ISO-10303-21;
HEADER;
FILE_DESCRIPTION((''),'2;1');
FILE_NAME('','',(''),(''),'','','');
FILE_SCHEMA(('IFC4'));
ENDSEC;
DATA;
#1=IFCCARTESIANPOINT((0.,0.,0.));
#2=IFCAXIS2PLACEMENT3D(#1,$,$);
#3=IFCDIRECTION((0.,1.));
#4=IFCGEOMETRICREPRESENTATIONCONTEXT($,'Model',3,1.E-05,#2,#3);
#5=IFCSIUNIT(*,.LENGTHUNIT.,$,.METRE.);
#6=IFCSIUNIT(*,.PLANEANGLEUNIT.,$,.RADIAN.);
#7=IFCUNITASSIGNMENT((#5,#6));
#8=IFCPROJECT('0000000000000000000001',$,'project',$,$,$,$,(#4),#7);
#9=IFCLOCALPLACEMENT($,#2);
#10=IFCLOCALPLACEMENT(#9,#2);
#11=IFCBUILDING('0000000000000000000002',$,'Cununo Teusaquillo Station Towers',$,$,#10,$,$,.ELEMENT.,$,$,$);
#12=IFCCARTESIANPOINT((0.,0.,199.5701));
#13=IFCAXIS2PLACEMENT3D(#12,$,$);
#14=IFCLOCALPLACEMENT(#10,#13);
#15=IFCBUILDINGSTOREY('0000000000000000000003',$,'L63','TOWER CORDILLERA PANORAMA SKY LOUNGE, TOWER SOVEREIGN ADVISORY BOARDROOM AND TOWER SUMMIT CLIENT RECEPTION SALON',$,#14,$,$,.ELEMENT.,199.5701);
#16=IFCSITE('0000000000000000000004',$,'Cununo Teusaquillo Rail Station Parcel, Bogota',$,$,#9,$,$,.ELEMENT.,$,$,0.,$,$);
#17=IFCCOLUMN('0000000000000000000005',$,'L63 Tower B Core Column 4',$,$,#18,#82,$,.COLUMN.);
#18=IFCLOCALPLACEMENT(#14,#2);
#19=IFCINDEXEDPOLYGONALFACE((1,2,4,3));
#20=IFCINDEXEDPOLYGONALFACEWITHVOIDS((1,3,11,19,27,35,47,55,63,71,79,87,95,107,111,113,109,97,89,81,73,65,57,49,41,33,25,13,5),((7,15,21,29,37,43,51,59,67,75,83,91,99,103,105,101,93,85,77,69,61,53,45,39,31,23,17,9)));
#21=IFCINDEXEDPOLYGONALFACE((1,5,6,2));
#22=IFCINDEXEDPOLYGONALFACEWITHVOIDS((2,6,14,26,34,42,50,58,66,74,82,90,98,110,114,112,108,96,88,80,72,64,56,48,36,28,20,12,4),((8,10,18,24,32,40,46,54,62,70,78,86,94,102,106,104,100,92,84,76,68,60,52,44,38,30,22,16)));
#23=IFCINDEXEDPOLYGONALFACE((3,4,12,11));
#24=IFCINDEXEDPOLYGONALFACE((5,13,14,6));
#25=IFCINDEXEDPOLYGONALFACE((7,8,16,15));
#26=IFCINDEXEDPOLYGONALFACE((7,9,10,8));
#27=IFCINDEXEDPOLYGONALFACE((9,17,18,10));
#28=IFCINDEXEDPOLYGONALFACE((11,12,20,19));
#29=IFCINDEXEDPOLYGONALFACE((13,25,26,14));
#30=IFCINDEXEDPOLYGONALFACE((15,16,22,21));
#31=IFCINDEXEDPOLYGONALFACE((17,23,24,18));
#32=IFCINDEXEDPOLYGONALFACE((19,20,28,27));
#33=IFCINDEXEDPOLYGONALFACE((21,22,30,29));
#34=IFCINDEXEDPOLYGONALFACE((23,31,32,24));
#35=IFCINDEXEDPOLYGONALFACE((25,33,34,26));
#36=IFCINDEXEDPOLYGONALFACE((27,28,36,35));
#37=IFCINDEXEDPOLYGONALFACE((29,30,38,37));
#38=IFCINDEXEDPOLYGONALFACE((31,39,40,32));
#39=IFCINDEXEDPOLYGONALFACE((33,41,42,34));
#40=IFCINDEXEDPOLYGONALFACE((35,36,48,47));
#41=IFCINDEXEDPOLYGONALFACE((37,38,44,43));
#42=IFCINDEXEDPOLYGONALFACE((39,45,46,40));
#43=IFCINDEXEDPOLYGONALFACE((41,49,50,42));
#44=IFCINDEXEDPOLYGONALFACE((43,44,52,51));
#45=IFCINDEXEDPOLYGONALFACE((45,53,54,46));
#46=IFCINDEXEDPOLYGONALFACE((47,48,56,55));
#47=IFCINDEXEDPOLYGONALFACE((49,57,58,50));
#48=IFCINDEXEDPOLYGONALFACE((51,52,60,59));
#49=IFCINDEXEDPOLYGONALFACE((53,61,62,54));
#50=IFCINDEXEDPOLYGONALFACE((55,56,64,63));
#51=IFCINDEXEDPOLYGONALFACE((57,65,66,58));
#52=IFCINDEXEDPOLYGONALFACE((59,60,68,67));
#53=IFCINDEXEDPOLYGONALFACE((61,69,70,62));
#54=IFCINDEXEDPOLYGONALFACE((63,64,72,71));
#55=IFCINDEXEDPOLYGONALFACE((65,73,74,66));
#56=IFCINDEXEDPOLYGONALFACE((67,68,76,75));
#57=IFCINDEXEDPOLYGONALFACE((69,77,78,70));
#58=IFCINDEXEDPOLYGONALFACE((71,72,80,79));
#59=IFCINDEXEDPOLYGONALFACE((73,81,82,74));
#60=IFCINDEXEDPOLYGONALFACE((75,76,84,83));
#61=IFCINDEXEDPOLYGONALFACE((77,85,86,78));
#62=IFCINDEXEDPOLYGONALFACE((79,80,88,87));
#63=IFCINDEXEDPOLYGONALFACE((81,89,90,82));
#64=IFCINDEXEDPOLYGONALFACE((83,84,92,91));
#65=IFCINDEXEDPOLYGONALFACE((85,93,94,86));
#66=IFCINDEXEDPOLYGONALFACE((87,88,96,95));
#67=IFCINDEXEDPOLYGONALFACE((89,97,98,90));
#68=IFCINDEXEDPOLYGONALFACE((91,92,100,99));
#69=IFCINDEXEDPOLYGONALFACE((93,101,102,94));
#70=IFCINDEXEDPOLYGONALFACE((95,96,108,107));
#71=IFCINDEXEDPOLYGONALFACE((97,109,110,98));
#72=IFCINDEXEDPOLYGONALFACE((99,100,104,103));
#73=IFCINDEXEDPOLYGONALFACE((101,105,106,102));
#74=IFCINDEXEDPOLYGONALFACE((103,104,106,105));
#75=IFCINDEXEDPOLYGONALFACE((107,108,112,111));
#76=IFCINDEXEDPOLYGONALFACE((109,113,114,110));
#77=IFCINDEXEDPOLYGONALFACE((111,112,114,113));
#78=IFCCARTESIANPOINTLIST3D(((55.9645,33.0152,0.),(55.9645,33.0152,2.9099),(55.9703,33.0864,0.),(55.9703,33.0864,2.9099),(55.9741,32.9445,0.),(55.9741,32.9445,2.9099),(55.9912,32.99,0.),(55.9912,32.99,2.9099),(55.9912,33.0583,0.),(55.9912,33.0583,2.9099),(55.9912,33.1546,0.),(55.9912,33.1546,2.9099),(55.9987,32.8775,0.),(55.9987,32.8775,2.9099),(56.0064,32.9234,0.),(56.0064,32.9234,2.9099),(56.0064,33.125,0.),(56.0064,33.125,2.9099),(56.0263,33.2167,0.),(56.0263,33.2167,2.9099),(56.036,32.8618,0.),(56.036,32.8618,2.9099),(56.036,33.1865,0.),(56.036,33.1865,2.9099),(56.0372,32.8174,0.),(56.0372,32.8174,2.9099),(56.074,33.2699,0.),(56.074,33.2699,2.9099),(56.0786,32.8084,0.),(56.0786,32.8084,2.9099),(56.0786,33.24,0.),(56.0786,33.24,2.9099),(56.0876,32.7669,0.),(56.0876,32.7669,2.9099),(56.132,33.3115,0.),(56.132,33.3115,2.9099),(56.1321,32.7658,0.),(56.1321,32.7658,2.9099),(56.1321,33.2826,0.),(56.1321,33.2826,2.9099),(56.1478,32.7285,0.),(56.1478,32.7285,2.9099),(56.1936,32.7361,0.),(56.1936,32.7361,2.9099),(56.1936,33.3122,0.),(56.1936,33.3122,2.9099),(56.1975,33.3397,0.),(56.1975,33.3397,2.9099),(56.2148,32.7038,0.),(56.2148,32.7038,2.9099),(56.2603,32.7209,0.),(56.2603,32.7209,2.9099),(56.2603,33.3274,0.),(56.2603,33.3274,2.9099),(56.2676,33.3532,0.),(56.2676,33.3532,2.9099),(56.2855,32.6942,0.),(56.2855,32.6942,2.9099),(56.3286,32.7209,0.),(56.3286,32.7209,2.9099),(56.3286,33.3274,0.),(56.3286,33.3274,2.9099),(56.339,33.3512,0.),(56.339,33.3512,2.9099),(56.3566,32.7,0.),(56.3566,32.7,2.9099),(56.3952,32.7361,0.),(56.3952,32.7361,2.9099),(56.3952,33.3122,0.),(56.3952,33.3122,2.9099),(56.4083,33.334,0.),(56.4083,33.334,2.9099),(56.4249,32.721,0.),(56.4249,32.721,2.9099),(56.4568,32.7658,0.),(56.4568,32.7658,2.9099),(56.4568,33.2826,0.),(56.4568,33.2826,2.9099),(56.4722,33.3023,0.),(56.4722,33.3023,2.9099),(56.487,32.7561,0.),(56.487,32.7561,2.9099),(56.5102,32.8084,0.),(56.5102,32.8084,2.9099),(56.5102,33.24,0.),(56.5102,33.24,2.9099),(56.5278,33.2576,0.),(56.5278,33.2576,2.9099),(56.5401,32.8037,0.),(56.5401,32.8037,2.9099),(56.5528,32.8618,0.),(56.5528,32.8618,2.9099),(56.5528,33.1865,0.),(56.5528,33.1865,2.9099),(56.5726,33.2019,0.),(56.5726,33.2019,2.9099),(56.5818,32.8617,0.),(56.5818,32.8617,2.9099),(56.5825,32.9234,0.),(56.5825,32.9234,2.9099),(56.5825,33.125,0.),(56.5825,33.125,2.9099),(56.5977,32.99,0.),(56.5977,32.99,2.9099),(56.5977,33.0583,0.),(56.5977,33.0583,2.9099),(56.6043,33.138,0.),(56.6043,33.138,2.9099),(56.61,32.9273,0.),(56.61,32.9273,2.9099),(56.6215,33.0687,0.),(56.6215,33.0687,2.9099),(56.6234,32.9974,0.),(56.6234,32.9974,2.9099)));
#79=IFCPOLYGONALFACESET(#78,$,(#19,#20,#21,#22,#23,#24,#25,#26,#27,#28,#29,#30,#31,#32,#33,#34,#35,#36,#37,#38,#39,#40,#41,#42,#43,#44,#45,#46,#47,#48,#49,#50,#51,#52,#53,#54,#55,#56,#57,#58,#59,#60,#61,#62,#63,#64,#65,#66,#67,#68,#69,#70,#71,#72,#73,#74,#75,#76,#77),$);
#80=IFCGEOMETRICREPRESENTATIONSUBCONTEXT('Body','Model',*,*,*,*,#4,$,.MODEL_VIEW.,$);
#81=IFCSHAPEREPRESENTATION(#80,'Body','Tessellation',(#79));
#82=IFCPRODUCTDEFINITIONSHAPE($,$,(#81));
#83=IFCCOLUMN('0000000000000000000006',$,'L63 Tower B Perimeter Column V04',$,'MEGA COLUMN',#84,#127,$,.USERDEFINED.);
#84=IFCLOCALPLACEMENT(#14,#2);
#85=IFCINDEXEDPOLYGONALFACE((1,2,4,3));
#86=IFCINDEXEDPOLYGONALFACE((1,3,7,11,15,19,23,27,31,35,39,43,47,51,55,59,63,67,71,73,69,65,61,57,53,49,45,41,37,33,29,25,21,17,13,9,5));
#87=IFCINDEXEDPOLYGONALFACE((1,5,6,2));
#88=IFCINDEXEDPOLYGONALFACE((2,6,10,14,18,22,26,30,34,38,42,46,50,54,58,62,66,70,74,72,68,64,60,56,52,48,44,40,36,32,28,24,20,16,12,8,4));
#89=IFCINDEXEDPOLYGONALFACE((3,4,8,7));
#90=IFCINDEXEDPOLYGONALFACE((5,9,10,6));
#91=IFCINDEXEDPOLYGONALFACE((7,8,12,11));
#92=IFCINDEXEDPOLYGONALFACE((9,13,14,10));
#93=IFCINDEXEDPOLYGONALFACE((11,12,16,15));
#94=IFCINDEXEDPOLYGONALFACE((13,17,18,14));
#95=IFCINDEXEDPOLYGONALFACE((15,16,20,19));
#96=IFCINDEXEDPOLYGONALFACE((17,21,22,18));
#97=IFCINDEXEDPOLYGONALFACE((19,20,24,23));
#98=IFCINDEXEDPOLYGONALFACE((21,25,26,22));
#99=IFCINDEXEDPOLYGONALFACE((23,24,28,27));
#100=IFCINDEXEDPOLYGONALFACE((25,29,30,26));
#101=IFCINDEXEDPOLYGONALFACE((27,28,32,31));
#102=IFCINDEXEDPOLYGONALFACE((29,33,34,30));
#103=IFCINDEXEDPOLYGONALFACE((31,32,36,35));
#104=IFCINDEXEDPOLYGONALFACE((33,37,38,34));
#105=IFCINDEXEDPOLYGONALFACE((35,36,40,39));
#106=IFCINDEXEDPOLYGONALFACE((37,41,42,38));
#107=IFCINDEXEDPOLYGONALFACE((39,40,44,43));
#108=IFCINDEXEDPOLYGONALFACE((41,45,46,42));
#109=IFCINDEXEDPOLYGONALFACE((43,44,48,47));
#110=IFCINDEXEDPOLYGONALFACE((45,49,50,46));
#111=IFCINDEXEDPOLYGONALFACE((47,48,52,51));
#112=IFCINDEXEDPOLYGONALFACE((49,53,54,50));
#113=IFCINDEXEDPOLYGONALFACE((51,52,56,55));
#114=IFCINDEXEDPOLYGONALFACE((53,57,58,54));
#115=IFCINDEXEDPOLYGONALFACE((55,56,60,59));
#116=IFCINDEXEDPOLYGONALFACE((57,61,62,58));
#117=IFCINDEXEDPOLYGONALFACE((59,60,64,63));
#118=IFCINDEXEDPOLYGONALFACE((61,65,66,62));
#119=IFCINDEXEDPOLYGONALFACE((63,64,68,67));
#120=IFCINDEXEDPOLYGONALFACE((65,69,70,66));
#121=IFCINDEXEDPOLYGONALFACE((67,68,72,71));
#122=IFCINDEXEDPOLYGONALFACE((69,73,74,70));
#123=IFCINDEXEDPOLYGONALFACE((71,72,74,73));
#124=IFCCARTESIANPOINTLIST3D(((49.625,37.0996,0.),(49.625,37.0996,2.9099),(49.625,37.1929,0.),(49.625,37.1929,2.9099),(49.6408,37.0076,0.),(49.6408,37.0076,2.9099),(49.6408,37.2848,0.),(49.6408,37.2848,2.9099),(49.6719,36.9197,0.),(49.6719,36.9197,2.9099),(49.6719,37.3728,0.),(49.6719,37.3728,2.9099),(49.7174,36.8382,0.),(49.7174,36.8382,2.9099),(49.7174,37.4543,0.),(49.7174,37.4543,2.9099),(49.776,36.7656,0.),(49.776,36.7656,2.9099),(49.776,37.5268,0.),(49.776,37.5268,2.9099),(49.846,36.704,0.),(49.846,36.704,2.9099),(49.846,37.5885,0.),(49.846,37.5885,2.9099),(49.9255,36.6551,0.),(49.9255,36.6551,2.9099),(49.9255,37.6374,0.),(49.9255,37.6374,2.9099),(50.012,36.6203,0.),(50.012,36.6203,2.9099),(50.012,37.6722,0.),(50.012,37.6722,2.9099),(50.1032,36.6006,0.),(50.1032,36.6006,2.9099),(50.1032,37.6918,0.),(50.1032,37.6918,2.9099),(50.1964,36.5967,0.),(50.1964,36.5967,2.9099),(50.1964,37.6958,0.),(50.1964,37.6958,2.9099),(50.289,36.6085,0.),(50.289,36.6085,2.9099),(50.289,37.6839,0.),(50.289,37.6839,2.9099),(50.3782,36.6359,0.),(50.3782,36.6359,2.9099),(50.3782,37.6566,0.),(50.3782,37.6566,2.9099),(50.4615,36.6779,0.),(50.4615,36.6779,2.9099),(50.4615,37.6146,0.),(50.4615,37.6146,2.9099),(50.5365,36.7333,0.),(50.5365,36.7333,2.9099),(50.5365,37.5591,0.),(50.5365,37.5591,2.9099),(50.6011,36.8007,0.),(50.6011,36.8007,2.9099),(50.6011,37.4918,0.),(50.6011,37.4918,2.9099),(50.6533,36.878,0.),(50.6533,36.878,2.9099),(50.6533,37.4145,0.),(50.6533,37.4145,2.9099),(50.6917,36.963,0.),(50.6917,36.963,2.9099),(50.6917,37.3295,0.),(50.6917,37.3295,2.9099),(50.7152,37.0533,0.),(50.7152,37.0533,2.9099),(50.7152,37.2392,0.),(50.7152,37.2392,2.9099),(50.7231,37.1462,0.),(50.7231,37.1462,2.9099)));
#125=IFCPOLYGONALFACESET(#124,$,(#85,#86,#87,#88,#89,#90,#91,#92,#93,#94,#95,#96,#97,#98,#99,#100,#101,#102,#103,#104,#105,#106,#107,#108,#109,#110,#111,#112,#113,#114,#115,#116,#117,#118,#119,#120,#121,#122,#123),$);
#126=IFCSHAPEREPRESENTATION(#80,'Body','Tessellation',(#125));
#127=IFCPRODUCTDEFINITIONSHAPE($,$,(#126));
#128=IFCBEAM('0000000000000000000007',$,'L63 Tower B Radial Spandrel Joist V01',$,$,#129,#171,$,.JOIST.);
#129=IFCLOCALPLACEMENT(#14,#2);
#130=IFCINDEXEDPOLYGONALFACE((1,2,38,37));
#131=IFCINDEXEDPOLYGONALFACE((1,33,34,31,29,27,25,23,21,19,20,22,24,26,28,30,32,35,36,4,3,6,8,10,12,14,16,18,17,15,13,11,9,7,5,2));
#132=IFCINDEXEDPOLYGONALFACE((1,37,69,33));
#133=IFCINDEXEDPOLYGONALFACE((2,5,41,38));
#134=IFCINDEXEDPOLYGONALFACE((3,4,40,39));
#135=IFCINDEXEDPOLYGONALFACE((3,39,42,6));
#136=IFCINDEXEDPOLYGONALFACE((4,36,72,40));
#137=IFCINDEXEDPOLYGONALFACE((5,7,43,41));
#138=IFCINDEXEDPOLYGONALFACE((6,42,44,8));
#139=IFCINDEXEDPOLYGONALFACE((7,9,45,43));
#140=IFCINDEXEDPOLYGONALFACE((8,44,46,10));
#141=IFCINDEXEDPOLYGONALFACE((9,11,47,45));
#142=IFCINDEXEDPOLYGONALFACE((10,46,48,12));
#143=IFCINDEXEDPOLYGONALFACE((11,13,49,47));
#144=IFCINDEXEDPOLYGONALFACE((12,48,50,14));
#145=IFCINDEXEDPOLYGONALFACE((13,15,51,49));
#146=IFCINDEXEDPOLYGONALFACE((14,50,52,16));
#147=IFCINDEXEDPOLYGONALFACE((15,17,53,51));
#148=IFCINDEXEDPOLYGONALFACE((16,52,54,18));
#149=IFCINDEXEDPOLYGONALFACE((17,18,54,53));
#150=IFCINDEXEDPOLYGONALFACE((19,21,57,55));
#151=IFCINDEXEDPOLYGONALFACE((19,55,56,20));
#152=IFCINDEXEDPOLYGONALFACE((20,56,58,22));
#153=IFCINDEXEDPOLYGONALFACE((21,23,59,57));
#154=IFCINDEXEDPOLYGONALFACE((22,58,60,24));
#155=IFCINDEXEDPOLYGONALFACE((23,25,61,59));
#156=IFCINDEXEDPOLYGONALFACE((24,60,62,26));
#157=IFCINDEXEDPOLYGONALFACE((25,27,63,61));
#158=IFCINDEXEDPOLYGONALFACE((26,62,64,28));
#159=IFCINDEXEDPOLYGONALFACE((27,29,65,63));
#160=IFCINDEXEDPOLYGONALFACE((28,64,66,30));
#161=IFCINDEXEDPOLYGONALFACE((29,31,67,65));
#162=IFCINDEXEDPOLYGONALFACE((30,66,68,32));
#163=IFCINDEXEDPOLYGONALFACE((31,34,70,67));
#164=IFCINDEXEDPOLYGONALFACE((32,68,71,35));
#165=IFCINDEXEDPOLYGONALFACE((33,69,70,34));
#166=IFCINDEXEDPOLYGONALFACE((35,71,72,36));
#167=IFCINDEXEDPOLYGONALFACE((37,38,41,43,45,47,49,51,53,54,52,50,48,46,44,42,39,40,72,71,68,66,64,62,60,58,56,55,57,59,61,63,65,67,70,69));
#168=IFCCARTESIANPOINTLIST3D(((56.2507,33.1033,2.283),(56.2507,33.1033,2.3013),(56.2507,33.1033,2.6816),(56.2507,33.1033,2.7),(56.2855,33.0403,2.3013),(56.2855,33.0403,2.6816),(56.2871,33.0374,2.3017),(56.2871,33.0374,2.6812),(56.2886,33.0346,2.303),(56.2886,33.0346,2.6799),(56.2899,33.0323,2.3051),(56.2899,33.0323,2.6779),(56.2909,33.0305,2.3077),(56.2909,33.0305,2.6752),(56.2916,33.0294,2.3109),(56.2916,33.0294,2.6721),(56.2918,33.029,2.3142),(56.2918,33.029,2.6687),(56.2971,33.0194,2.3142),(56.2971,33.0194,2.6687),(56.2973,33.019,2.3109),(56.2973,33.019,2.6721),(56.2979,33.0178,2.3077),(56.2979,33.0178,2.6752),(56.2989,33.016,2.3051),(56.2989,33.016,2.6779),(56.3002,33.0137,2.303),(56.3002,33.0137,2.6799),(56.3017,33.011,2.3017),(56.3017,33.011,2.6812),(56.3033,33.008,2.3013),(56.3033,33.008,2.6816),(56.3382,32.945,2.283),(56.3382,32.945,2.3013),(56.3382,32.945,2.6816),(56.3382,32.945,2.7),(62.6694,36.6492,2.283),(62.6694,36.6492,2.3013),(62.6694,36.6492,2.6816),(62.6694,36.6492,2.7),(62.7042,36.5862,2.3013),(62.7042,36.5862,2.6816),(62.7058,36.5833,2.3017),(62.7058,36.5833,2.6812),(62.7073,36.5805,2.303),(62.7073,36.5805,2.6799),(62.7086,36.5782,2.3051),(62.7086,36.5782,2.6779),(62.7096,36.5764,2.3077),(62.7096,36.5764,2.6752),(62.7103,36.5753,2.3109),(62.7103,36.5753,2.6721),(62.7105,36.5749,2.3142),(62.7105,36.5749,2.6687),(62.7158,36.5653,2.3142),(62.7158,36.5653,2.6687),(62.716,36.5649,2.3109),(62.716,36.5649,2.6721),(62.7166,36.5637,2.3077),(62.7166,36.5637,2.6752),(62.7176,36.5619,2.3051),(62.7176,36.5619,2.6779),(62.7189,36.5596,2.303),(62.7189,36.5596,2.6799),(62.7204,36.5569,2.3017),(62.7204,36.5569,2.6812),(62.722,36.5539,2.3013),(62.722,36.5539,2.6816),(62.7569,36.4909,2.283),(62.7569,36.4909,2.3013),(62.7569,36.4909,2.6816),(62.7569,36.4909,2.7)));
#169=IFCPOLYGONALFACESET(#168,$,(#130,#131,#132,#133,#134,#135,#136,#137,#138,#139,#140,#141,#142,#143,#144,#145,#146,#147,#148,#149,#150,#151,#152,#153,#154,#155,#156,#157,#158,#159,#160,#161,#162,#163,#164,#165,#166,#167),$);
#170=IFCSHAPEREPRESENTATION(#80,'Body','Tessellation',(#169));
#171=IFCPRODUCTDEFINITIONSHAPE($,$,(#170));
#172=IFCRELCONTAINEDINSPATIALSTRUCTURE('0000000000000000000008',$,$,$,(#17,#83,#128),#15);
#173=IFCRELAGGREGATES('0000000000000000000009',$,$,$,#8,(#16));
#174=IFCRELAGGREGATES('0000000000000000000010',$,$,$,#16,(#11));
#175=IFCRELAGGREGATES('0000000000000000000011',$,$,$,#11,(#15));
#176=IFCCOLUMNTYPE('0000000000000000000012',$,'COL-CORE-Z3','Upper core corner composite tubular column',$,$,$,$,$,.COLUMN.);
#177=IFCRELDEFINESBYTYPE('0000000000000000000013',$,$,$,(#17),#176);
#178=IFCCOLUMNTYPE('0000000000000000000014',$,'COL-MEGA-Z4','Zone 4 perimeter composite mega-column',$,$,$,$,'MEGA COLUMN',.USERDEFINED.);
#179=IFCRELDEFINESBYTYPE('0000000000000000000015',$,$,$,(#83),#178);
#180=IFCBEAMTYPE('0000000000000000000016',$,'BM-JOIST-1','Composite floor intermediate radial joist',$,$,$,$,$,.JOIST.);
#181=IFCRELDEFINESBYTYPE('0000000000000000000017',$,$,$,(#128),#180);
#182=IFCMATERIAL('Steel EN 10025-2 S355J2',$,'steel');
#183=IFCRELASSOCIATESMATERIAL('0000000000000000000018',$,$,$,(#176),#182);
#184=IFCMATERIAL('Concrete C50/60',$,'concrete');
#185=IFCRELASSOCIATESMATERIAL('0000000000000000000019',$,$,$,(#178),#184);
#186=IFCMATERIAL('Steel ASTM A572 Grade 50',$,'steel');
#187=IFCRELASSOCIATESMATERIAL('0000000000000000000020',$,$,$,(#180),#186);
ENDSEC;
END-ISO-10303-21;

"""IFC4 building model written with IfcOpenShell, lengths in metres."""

from ifc_helpers import new_model, si_unit, direction, frame, origin, origin_2d, place, context, subcontext, project, spatial, circle, hollow_circle, i_section, extrude, material, material_profile, profile_set, type_object, element, save


model = new_model("IFC4")

# Units and contexts
model_context = context("Model", 3, precision=1e-05, world=origin(), true_north=direction((0.0, 1.0)))
body_context = subcontext(model_context, "Body", "Model", "MODEL_VIEW")
ifc_project = project(units=[si_unit("LENGTHUNIT", "METRE"), si_unit("PLANEANGLEUNIT", "RADIAN")], contexts=[model_context])

# Site, building, storey
site_placement = place(None, origin())
site = spatial("IfcSite", under=ifc_project, at=site_placement, Name="Cununo Teusaquillo Rail Station Parcel, Bogota", CompositionType="ELEMENT", RefElevation=0.0)
building_placement = place(site_placement, origin())
building = spatial("IfcBuilding", under=site, at=building_placement, Name="Cununo Teusaquillo Station Towers", CompositionType="ELEMENT")
storey_placement = place(building_placement, frame((0.0, 0.0, 199.5701)))
storey = spatial("IfcBuildingStorey", under=building, at=storey_placement, Name="L63", Description="TOWER CORDILLERA PANORAMA SKY LOUNGE, TOWER SOVEREIGN ADVISORY BOARDROOM AND TOWER SUMMIT CLIENT RECEPTION SALON", CompositionType="ELEMENT", Elevation=199.5701)

# Columns
ifc_material_1 = material(Name="Steel EN 10025-2 S355J2", Category="steel")
ifc_material_profile_1 = material_profile(ifc_material_1, hollow_circle(Radius=0.3301, WallThickness=0.0249, at=origin_2d()), Name="CHS 660x25")
ifc_profile_set_1 = profile_set([ifc_material_profile_1], Name="Steel EN 10025-2 S355J2")
column_type_1 = type_object("IfcColumnType", Name="COL-CORE-Z3", Description="Upper core corner composite tubular column", PredefinedType="COLUMN", material=ifc_profile_set_1)
column_1_placement = place(storey_placement, frame((56.2944, 33.0242, 0.0), z_axis=(0.0, 0.0, 1.0), x_axis=(0.707107, 0.707107, 0.0)))
element("IfcColumn", 1, at=column_1_placement, inside=storey, type_object=column_type_1, Name="L63 Tower B Core Column 4", PredefinedType="COLUMN", context=body_context, shape_type="SweptSolid", body=[
    extrude(hollow_circle(Radius=0.3301, WallThickness=0.0249, at=origin_2d()), origin(), (0.0, 0.0, 1.0), 2.9099),
])
ifc_material_2 = material(Name="Concrete C50/60", Category="concrete")
ifc_material_profile_2 = material_profile(ifc_material_2, circle(Radius=0.55, at=origin_2d()), Name="RC-CIRC-1100")
ifc_profile_set_2 = profile_set([ifc_material_profile_2], Name="Concrete C50/60")
column_type_2 = type_object("IfcColumnType", Name="COL-MEGA-Z4", Description="Zone 4 perimeter composite mega-column", ElementType="MEGA COLUMN", PredefinedType="USERDEFINED", material=ifc_profile_set_2)
column_2_placement = place(storey_placement, frame((50.1731, 37.1462, 0.0), z_axis=(0.0, 0.0, 1.0), x_axis=(1.0, 0.0, 0.0)))
element("IfcColumn", 2, at=column_2_placement, inside=storey, type_object=column_type_2, Name="L63 Tower B Perimeter Column V04", ObjectType="MEGA COLUMN", PredefinedType="USERDEFINED", context=body_context, shape_type="SweptSolid", body=[
    extrude(circle(Radius=0.55, at=origin_2d()), origin(), (0.0, 0.0, 1.0), 2.9099),
])

# Beam
ifc_material_3 = material(Name="Steel ASTM A572 Grade 50", Category="steel")
ifc_material_profile_3 = material_profile(ifc_material_3, i_section(OverallWidth=0.1809, OverallDepth=0.417, WebThickness=0.011, FlangeThickness=0.0183, FilletRadius=0.0129, at=origin_2d()), Name="W16X57")
ifc_profile_set_3 = profile_set([ifc_material_profile_3], Name="Steel ASTM A572 Grade 50")
beam_type_1 = type_object("IfcBeamType", Name="BM-JOIST-1", Description="Composite floor intermediate radial joist", PredefinedType="JOIST", material=ifc_profile_set_3)
beam_1_placement = place(storey_placement, frame((56.2944, 33.0242, 2.4915), z_axis=(0.875315, 0.483553, 0.0), x_axis=(-0.483553, 0.875315, 0.0)))
element("IfcBeam", 3, at=beam_1_placement, inside=storey, type_object=beam_type_1, Name="L63 Tower B Radial Spandrel Joist V01", PredefinedType="JOIST", context=body_context, shape_type="SweptSolid", body=[
    extrude(i_section(OverallWidth=0.1809, OverallDepth=0.417, WebThickness=0.011, FlangeThickness=0.0183, FilletRadius=0.0129, at=origin_2d()), origin(), (0.0, 0.0, 1.0), 7.333),
])

save(model, "model.ifc")
